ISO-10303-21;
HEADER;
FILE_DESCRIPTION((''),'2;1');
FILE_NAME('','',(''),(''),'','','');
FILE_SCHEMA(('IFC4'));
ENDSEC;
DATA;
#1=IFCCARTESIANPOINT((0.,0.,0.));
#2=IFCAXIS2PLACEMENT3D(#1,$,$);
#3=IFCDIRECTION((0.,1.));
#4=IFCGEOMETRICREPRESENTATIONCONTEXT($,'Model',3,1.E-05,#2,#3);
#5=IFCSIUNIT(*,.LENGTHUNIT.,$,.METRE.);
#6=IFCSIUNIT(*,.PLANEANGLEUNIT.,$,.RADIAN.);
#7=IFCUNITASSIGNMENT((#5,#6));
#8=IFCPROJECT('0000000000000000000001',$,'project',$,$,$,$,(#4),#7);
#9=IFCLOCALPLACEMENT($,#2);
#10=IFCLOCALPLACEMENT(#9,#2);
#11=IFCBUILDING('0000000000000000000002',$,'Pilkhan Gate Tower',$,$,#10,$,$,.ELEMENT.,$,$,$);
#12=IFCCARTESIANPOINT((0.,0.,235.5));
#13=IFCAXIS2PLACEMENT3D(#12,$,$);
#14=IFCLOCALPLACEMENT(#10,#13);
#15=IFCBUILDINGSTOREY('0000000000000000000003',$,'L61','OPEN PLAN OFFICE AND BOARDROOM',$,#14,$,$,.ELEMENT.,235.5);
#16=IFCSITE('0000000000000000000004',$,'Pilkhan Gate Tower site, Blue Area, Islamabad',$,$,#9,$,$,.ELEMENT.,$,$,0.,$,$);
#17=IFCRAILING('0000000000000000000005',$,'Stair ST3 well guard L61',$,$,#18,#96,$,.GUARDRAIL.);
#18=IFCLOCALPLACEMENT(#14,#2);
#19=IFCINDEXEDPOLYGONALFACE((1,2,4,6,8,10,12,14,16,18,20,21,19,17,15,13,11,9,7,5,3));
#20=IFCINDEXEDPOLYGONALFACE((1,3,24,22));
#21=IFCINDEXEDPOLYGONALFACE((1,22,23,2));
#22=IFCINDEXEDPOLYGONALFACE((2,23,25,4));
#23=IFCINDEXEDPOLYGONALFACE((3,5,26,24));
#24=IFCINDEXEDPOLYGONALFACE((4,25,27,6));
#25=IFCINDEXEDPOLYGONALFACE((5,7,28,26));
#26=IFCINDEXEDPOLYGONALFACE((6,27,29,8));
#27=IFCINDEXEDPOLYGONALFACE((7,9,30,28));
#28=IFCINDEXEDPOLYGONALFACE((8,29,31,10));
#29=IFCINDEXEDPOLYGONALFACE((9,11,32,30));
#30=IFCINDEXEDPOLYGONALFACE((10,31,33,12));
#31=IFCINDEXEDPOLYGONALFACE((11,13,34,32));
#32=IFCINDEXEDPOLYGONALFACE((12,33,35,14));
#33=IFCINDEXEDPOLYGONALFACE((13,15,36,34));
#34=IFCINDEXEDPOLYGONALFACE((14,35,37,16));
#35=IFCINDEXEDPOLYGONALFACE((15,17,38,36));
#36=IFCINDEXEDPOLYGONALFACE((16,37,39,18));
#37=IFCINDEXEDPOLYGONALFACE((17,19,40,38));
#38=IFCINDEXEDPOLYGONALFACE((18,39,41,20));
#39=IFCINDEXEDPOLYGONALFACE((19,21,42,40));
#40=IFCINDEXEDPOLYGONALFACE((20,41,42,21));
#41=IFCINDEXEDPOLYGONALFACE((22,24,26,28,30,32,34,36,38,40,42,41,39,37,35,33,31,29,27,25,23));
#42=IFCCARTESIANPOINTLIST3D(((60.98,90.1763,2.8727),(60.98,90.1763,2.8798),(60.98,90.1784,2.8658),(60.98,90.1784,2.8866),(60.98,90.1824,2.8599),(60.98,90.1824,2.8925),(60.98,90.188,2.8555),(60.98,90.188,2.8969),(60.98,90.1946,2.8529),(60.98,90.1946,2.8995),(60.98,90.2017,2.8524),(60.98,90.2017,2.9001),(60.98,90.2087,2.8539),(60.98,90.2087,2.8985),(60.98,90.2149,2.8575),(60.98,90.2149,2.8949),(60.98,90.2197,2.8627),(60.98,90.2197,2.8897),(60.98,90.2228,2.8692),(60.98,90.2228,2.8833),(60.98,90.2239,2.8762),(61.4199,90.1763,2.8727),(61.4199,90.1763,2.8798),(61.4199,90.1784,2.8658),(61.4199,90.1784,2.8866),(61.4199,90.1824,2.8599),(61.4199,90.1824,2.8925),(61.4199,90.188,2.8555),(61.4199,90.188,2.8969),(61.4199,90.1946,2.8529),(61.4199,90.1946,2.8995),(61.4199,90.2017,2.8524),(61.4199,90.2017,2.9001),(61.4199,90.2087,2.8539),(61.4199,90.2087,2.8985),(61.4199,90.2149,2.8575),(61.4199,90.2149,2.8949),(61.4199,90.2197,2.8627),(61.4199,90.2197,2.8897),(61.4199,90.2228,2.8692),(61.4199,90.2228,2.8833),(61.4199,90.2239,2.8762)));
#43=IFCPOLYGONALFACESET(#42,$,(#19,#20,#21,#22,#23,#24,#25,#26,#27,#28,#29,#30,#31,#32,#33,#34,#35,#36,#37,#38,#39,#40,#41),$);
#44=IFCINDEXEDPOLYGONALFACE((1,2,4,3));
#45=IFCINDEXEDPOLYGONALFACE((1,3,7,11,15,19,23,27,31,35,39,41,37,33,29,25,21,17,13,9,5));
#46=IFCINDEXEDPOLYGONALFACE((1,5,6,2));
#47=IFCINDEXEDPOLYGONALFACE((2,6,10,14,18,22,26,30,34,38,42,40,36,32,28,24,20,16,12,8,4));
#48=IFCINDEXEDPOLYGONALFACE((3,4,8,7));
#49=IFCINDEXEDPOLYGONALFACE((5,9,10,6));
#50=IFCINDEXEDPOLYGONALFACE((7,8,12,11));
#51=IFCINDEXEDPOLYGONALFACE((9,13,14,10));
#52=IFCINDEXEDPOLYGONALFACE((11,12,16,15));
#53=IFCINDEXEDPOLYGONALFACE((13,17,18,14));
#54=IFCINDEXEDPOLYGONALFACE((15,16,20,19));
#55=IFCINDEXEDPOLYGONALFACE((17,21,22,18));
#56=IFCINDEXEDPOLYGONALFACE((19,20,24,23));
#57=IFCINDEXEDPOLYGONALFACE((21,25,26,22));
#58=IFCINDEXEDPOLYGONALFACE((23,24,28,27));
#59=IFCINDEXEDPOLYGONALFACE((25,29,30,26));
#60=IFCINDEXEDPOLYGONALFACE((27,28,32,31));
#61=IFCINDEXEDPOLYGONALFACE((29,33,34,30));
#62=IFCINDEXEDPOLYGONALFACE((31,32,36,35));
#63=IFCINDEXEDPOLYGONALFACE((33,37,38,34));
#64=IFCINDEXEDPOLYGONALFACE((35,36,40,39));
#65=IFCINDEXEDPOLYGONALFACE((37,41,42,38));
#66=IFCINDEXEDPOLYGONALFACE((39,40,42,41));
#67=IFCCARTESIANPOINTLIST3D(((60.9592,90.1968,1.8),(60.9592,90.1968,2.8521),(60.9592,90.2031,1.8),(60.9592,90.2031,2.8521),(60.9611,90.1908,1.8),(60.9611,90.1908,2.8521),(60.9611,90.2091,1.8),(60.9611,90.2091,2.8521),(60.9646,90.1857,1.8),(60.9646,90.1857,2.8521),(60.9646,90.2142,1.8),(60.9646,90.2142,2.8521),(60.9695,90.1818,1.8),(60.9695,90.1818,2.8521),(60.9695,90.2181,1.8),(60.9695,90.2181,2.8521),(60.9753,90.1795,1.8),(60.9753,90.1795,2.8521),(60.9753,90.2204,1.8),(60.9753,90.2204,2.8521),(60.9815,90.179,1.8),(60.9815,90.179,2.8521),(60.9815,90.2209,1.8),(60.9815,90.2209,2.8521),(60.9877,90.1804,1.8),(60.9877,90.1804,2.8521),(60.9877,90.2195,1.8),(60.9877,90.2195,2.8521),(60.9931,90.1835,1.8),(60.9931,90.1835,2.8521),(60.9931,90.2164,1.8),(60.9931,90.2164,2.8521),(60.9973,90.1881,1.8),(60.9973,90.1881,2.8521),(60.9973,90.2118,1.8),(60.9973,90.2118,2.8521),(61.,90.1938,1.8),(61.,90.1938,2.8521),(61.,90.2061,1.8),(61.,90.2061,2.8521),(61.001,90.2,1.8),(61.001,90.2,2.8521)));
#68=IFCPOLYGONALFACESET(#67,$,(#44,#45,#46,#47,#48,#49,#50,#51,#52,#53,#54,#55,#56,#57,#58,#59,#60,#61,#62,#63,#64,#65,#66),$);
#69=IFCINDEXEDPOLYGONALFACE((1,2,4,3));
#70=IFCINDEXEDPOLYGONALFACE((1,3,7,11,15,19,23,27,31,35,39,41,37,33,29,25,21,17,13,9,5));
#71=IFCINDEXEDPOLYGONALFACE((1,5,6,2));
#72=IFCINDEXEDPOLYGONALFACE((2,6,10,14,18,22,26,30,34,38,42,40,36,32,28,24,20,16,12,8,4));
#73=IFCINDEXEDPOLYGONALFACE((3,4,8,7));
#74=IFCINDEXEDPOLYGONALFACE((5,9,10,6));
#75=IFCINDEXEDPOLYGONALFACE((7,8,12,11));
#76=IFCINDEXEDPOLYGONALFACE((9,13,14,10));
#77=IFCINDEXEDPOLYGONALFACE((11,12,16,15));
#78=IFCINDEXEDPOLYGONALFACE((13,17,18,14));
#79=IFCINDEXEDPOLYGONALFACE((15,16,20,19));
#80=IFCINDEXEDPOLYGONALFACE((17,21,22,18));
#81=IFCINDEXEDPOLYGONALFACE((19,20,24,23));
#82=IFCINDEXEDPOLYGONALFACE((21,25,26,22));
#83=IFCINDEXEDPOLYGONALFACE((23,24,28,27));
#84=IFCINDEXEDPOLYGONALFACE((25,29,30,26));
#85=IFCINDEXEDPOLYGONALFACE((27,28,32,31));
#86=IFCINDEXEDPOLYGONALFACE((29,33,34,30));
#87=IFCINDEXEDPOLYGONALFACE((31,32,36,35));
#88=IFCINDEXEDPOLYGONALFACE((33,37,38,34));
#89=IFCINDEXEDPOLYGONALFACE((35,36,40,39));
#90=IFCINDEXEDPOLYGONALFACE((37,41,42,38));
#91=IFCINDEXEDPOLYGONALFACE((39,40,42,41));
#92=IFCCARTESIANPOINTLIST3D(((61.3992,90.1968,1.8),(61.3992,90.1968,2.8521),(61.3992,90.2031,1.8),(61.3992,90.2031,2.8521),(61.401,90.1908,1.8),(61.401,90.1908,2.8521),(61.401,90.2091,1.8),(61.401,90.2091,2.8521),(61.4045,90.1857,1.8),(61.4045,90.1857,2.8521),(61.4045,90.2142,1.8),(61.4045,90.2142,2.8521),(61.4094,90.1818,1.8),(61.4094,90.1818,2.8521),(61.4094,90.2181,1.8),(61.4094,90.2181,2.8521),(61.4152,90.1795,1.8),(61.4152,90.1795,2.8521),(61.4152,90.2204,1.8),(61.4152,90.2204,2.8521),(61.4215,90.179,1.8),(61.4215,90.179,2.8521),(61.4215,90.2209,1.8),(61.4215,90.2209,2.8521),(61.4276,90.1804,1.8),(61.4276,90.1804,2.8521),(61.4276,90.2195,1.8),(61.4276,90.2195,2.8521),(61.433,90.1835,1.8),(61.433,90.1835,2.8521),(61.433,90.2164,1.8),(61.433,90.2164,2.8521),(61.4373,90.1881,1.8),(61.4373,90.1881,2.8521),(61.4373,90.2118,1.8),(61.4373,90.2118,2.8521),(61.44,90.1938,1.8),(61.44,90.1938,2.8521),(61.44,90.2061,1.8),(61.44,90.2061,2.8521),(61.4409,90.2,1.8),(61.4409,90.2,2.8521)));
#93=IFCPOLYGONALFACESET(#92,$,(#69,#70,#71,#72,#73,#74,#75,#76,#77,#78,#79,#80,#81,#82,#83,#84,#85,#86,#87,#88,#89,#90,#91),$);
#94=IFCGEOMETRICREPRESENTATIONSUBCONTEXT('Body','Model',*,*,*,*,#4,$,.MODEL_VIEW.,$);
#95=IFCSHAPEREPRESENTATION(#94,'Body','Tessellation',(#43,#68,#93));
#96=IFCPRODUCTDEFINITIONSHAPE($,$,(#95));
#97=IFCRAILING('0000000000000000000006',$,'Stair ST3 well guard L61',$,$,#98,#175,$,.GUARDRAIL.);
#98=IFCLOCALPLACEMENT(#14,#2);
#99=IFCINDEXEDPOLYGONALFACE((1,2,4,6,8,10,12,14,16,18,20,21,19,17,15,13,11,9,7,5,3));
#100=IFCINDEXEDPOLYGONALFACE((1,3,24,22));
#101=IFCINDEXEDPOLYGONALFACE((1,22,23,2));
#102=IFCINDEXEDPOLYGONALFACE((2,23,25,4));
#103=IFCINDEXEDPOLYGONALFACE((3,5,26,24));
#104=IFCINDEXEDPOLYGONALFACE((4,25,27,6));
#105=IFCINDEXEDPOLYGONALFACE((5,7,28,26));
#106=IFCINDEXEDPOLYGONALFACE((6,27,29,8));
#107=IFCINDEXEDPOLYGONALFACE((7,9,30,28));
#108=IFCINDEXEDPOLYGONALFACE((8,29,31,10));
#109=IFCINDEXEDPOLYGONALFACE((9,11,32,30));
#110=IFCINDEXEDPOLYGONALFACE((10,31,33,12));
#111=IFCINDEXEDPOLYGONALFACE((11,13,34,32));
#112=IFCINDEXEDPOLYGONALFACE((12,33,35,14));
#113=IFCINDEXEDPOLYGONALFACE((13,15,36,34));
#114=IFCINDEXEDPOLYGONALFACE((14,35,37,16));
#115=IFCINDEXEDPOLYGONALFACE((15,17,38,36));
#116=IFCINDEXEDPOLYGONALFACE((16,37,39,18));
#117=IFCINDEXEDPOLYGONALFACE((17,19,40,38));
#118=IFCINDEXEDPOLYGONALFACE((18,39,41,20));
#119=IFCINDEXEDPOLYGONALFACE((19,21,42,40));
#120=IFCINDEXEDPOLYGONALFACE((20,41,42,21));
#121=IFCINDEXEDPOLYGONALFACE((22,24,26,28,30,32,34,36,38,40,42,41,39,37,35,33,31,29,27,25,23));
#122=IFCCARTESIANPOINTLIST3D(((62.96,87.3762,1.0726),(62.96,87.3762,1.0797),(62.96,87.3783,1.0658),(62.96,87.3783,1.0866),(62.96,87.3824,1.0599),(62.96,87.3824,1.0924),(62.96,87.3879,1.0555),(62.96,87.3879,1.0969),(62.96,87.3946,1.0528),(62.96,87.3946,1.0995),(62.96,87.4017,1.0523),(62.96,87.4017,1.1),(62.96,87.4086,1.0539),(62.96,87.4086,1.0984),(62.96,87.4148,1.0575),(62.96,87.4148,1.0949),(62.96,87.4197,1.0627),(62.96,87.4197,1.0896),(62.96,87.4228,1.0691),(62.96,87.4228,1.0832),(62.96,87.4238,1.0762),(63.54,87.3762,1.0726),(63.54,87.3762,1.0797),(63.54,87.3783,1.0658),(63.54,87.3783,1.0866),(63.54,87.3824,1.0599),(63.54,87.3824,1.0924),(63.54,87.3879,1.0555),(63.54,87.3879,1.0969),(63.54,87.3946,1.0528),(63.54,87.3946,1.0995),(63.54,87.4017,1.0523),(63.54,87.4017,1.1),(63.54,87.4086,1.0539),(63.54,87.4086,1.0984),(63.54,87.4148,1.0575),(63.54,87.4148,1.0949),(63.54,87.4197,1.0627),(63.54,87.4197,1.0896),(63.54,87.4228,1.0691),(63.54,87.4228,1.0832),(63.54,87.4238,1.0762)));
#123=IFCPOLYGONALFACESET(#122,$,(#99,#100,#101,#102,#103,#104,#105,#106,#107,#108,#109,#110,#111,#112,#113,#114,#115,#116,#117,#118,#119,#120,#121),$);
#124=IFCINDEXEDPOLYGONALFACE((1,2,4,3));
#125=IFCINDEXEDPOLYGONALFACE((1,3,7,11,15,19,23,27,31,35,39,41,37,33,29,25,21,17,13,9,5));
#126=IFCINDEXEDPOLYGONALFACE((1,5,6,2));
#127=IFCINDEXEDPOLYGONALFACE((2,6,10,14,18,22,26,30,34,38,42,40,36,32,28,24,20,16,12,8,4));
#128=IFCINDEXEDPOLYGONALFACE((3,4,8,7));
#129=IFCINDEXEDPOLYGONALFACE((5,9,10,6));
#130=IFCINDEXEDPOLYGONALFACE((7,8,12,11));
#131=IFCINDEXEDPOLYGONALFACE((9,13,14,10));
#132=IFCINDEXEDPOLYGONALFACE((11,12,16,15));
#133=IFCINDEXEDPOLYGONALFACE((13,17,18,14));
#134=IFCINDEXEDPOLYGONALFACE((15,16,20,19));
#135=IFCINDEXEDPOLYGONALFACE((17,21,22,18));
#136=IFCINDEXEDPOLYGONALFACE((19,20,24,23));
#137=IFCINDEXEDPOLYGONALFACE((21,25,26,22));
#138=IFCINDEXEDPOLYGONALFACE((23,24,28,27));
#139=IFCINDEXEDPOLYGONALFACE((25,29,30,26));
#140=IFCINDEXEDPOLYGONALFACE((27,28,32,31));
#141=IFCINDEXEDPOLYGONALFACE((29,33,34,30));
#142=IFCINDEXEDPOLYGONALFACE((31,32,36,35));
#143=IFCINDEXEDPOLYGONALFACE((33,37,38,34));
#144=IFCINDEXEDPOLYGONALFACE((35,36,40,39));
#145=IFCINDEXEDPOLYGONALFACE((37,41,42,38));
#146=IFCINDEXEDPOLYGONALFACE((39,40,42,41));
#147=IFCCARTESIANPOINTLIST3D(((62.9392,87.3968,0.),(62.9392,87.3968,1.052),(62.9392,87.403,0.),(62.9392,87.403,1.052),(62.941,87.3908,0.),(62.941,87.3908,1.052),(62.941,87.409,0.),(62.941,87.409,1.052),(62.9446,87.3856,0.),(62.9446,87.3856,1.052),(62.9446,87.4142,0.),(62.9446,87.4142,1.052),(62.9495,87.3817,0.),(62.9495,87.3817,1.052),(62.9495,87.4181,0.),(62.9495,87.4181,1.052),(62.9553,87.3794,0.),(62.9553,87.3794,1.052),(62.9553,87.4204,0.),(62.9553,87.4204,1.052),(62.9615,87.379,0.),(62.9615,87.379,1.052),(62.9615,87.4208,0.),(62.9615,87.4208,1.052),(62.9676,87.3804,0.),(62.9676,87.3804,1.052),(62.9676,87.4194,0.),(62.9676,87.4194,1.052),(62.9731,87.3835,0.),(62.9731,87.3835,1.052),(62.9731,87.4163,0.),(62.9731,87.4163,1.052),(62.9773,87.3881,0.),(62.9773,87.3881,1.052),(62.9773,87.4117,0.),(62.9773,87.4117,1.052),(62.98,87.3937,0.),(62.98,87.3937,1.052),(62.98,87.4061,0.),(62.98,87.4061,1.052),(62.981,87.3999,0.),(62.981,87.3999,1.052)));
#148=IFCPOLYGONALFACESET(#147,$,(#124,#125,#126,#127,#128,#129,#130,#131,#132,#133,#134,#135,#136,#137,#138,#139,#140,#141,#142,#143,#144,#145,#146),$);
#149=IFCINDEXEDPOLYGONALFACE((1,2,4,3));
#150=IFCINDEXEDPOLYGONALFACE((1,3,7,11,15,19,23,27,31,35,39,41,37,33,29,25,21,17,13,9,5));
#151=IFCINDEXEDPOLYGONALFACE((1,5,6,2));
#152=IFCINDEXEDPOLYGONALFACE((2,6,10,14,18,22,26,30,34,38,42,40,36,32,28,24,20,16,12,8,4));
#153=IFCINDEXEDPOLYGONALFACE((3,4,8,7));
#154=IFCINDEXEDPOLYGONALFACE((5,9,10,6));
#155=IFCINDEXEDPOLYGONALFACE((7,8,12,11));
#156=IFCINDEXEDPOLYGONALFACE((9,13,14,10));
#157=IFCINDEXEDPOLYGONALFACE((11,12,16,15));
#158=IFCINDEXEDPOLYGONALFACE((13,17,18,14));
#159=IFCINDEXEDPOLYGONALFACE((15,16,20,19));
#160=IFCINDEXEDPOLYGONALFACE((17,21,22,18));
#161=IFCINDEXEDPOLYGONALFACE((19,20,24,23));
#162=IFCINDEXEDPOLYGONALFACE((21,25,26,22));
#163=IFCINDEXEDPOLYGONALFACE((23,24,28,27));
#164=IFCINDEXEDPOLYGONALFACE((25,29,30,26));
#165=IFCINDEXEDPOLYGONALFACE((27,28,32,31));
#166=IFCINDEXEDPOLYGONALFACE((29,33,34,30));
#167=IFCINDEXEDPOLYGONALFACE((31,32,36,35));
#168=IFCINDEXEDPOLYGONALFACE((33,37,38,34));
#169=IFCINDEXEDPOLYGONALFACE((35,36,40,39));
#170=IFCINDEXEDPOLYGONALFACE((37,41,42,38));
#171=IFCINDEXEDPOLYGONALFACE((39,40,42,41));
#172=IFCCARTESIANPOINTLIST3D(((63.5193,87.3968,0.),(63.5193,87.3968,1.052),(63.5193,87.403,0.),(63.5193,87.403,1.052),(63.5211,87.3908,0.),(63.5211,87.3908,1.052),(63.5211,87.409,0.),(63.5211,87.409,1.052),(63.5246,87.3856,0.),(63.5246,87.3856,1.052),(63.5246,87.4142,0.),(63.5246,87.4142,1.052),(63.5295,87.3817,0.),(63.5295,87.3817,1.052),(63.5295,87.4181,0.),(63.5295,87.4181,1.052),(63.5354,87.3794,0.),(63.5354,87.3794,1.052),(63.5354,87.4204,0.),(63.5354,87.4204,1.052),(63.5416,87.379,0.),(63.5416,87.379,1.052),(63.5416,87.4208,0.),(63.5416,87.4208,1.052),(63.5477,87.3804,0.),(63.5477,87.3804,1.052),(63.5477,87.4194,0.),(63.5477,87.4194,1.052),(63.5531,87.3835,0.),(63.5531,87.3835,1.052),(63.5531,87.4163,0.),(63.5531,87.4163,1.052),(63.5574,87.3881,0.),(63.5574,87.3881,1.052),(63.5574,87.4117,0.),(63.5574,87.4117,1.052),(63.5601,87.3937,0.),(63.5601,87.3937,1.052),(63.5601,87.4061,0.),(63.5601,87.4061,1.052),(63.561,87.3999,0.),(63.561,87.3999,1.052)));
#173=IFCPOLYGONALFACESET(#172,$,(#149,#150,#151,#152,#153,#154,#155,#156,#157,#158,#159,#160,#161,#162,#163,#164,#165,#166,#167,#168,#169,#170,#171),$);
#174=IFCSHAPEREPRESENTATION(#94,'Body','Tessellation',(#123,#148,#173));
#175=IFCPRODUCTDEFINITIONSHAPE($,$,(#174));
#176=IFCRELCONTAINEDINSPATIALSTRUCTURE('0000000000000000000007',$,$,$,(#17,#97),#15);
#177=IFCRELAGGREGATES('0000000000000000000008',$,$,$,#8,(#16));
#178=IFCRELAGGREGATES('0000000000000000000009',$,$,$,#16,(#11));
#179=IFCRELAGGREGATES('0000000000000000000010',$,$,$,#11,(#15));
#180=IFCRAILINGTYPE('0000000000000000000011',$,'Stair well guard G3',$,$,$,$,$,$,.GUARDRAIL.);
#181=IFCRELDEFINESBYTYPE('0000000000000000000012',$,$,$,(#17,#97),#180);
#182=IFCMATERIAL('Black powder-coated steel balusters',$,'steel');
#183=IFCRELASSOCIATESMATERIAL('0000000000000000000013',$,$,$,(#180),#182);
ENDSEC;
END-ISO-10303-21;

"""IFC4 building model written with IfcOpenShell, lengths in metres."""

from ifc_helpers import new_model, si_unit, direction, frame, origin, origin_2d, place, context, subcontext, project, spatial, circle, extrude, material, type_object, element, save


model = new_model("IFC4")

# Units and contexts
model_context = context("Model", 3, precision=1e-05, world=origin(), true_north=direction((0.0, 1.0)))
body_context = subcontext(model_context, "Body", "Model", "MODEL_VIEW")
ifc_project = project(units=[si_unit("LENGTHUNIT", "METRE"), si_unit("PLANEANGLEUNIT", "RADIAN")], contexts=[model_context])

# Site, building, storey
site_placement = place(None, origin())
site = spatial("IfcSite", under=ifc_project, at=site_placement, Name="Pilkhan Gate Tower site, Blue Area, Islamabad", CompositionType="ELEMENT", RefElevation=0.0)
building_placement = place(site_placement, origin())
building = spatial("IfcBuilding", under=site, at=building_placement, Name="Pilkhan Gate Tower", CompositionType="ELEMENT")
storey_placement = place(building_placement, frame((0.0, 0.0, 235.5)))
storey = spatial("IfcBuildingStorey", under=building, at=storey_placement, Name="L61", Description="OPEN PLAN OFFICE AND BOARDROOM", CompositionType="ELEMENT", Elevation=235.5)

# Railings
ifc_material_1 = material(Name="Black powder-coated steel balusters", Category="steel")
railing_type_1 = type_object("IfcRailingType", Name="Stair well guard G3", PredefinedType="GUARDRAIL", material=ifc_material_1)
railing_1_placement = place(storey_placement, frame((60.98, 90.2, 1.8)))
element("IfcRailing", 1, at=railing_1_placement, inside=storey, type_object=railing_type_1, Name="Stair ST3 well guard L61", PredefinedType="GUARDRAIL", context=body_context, shape_type="SweptSolid", body=[
    extrude(circle(Radius=0.0239, at=origin_2d()), frame((0.0, 0.0, 1.0762), z_axis=(1.0, 0.0, 0.0), x_axis=(0.0, 1.0, 0.0)), (0.0, 0.0, 1.0), 0.4399),
    extrude(circle(Radius=0.021, at=origin_2d()), origin(), (0.0, 0.0, 1.0), 1.052),
    extrude(circle(Radius=0.021, at=origin_2d()), frame((0.4399, 0.0, 0.0)), (0.0, 0.0, 1.0), 1.052),
])
for number, where, name in (
    (2, (62.96, 87.3999, 0.0), "Stair ST3 well guard L61"),
):
    element("IfcRailing", number, at=place(storey_placement, frame(where)), inside=storey, type_object=railing_type_1, Name=name, PredefinedType="GUARDRAIL", context=body_context, shape_type="SweptSolid", body=[
        extrude(circle(Radius=0.0239, at=origin_2d()), frame((0.0, 0.0, 1.0762), z_axis=(1.0, 0.0, 0.0), x_axis=(0.0, 1.0, 0.0)), (0.0, 0.0, 1.0), 0.5801),
        extrude(circle(Radius=0.021, at=origin_2d()), origin(), (0.0, 0.0, 1.0), 1.052),
        extrude(circle(Radius=0.021, at=origin_2d()), frame((0.5801, 0.0, 0.0)), (0.0, 0.0, 1.0), 1.052),
    ])

save(model, "model.ifc")
